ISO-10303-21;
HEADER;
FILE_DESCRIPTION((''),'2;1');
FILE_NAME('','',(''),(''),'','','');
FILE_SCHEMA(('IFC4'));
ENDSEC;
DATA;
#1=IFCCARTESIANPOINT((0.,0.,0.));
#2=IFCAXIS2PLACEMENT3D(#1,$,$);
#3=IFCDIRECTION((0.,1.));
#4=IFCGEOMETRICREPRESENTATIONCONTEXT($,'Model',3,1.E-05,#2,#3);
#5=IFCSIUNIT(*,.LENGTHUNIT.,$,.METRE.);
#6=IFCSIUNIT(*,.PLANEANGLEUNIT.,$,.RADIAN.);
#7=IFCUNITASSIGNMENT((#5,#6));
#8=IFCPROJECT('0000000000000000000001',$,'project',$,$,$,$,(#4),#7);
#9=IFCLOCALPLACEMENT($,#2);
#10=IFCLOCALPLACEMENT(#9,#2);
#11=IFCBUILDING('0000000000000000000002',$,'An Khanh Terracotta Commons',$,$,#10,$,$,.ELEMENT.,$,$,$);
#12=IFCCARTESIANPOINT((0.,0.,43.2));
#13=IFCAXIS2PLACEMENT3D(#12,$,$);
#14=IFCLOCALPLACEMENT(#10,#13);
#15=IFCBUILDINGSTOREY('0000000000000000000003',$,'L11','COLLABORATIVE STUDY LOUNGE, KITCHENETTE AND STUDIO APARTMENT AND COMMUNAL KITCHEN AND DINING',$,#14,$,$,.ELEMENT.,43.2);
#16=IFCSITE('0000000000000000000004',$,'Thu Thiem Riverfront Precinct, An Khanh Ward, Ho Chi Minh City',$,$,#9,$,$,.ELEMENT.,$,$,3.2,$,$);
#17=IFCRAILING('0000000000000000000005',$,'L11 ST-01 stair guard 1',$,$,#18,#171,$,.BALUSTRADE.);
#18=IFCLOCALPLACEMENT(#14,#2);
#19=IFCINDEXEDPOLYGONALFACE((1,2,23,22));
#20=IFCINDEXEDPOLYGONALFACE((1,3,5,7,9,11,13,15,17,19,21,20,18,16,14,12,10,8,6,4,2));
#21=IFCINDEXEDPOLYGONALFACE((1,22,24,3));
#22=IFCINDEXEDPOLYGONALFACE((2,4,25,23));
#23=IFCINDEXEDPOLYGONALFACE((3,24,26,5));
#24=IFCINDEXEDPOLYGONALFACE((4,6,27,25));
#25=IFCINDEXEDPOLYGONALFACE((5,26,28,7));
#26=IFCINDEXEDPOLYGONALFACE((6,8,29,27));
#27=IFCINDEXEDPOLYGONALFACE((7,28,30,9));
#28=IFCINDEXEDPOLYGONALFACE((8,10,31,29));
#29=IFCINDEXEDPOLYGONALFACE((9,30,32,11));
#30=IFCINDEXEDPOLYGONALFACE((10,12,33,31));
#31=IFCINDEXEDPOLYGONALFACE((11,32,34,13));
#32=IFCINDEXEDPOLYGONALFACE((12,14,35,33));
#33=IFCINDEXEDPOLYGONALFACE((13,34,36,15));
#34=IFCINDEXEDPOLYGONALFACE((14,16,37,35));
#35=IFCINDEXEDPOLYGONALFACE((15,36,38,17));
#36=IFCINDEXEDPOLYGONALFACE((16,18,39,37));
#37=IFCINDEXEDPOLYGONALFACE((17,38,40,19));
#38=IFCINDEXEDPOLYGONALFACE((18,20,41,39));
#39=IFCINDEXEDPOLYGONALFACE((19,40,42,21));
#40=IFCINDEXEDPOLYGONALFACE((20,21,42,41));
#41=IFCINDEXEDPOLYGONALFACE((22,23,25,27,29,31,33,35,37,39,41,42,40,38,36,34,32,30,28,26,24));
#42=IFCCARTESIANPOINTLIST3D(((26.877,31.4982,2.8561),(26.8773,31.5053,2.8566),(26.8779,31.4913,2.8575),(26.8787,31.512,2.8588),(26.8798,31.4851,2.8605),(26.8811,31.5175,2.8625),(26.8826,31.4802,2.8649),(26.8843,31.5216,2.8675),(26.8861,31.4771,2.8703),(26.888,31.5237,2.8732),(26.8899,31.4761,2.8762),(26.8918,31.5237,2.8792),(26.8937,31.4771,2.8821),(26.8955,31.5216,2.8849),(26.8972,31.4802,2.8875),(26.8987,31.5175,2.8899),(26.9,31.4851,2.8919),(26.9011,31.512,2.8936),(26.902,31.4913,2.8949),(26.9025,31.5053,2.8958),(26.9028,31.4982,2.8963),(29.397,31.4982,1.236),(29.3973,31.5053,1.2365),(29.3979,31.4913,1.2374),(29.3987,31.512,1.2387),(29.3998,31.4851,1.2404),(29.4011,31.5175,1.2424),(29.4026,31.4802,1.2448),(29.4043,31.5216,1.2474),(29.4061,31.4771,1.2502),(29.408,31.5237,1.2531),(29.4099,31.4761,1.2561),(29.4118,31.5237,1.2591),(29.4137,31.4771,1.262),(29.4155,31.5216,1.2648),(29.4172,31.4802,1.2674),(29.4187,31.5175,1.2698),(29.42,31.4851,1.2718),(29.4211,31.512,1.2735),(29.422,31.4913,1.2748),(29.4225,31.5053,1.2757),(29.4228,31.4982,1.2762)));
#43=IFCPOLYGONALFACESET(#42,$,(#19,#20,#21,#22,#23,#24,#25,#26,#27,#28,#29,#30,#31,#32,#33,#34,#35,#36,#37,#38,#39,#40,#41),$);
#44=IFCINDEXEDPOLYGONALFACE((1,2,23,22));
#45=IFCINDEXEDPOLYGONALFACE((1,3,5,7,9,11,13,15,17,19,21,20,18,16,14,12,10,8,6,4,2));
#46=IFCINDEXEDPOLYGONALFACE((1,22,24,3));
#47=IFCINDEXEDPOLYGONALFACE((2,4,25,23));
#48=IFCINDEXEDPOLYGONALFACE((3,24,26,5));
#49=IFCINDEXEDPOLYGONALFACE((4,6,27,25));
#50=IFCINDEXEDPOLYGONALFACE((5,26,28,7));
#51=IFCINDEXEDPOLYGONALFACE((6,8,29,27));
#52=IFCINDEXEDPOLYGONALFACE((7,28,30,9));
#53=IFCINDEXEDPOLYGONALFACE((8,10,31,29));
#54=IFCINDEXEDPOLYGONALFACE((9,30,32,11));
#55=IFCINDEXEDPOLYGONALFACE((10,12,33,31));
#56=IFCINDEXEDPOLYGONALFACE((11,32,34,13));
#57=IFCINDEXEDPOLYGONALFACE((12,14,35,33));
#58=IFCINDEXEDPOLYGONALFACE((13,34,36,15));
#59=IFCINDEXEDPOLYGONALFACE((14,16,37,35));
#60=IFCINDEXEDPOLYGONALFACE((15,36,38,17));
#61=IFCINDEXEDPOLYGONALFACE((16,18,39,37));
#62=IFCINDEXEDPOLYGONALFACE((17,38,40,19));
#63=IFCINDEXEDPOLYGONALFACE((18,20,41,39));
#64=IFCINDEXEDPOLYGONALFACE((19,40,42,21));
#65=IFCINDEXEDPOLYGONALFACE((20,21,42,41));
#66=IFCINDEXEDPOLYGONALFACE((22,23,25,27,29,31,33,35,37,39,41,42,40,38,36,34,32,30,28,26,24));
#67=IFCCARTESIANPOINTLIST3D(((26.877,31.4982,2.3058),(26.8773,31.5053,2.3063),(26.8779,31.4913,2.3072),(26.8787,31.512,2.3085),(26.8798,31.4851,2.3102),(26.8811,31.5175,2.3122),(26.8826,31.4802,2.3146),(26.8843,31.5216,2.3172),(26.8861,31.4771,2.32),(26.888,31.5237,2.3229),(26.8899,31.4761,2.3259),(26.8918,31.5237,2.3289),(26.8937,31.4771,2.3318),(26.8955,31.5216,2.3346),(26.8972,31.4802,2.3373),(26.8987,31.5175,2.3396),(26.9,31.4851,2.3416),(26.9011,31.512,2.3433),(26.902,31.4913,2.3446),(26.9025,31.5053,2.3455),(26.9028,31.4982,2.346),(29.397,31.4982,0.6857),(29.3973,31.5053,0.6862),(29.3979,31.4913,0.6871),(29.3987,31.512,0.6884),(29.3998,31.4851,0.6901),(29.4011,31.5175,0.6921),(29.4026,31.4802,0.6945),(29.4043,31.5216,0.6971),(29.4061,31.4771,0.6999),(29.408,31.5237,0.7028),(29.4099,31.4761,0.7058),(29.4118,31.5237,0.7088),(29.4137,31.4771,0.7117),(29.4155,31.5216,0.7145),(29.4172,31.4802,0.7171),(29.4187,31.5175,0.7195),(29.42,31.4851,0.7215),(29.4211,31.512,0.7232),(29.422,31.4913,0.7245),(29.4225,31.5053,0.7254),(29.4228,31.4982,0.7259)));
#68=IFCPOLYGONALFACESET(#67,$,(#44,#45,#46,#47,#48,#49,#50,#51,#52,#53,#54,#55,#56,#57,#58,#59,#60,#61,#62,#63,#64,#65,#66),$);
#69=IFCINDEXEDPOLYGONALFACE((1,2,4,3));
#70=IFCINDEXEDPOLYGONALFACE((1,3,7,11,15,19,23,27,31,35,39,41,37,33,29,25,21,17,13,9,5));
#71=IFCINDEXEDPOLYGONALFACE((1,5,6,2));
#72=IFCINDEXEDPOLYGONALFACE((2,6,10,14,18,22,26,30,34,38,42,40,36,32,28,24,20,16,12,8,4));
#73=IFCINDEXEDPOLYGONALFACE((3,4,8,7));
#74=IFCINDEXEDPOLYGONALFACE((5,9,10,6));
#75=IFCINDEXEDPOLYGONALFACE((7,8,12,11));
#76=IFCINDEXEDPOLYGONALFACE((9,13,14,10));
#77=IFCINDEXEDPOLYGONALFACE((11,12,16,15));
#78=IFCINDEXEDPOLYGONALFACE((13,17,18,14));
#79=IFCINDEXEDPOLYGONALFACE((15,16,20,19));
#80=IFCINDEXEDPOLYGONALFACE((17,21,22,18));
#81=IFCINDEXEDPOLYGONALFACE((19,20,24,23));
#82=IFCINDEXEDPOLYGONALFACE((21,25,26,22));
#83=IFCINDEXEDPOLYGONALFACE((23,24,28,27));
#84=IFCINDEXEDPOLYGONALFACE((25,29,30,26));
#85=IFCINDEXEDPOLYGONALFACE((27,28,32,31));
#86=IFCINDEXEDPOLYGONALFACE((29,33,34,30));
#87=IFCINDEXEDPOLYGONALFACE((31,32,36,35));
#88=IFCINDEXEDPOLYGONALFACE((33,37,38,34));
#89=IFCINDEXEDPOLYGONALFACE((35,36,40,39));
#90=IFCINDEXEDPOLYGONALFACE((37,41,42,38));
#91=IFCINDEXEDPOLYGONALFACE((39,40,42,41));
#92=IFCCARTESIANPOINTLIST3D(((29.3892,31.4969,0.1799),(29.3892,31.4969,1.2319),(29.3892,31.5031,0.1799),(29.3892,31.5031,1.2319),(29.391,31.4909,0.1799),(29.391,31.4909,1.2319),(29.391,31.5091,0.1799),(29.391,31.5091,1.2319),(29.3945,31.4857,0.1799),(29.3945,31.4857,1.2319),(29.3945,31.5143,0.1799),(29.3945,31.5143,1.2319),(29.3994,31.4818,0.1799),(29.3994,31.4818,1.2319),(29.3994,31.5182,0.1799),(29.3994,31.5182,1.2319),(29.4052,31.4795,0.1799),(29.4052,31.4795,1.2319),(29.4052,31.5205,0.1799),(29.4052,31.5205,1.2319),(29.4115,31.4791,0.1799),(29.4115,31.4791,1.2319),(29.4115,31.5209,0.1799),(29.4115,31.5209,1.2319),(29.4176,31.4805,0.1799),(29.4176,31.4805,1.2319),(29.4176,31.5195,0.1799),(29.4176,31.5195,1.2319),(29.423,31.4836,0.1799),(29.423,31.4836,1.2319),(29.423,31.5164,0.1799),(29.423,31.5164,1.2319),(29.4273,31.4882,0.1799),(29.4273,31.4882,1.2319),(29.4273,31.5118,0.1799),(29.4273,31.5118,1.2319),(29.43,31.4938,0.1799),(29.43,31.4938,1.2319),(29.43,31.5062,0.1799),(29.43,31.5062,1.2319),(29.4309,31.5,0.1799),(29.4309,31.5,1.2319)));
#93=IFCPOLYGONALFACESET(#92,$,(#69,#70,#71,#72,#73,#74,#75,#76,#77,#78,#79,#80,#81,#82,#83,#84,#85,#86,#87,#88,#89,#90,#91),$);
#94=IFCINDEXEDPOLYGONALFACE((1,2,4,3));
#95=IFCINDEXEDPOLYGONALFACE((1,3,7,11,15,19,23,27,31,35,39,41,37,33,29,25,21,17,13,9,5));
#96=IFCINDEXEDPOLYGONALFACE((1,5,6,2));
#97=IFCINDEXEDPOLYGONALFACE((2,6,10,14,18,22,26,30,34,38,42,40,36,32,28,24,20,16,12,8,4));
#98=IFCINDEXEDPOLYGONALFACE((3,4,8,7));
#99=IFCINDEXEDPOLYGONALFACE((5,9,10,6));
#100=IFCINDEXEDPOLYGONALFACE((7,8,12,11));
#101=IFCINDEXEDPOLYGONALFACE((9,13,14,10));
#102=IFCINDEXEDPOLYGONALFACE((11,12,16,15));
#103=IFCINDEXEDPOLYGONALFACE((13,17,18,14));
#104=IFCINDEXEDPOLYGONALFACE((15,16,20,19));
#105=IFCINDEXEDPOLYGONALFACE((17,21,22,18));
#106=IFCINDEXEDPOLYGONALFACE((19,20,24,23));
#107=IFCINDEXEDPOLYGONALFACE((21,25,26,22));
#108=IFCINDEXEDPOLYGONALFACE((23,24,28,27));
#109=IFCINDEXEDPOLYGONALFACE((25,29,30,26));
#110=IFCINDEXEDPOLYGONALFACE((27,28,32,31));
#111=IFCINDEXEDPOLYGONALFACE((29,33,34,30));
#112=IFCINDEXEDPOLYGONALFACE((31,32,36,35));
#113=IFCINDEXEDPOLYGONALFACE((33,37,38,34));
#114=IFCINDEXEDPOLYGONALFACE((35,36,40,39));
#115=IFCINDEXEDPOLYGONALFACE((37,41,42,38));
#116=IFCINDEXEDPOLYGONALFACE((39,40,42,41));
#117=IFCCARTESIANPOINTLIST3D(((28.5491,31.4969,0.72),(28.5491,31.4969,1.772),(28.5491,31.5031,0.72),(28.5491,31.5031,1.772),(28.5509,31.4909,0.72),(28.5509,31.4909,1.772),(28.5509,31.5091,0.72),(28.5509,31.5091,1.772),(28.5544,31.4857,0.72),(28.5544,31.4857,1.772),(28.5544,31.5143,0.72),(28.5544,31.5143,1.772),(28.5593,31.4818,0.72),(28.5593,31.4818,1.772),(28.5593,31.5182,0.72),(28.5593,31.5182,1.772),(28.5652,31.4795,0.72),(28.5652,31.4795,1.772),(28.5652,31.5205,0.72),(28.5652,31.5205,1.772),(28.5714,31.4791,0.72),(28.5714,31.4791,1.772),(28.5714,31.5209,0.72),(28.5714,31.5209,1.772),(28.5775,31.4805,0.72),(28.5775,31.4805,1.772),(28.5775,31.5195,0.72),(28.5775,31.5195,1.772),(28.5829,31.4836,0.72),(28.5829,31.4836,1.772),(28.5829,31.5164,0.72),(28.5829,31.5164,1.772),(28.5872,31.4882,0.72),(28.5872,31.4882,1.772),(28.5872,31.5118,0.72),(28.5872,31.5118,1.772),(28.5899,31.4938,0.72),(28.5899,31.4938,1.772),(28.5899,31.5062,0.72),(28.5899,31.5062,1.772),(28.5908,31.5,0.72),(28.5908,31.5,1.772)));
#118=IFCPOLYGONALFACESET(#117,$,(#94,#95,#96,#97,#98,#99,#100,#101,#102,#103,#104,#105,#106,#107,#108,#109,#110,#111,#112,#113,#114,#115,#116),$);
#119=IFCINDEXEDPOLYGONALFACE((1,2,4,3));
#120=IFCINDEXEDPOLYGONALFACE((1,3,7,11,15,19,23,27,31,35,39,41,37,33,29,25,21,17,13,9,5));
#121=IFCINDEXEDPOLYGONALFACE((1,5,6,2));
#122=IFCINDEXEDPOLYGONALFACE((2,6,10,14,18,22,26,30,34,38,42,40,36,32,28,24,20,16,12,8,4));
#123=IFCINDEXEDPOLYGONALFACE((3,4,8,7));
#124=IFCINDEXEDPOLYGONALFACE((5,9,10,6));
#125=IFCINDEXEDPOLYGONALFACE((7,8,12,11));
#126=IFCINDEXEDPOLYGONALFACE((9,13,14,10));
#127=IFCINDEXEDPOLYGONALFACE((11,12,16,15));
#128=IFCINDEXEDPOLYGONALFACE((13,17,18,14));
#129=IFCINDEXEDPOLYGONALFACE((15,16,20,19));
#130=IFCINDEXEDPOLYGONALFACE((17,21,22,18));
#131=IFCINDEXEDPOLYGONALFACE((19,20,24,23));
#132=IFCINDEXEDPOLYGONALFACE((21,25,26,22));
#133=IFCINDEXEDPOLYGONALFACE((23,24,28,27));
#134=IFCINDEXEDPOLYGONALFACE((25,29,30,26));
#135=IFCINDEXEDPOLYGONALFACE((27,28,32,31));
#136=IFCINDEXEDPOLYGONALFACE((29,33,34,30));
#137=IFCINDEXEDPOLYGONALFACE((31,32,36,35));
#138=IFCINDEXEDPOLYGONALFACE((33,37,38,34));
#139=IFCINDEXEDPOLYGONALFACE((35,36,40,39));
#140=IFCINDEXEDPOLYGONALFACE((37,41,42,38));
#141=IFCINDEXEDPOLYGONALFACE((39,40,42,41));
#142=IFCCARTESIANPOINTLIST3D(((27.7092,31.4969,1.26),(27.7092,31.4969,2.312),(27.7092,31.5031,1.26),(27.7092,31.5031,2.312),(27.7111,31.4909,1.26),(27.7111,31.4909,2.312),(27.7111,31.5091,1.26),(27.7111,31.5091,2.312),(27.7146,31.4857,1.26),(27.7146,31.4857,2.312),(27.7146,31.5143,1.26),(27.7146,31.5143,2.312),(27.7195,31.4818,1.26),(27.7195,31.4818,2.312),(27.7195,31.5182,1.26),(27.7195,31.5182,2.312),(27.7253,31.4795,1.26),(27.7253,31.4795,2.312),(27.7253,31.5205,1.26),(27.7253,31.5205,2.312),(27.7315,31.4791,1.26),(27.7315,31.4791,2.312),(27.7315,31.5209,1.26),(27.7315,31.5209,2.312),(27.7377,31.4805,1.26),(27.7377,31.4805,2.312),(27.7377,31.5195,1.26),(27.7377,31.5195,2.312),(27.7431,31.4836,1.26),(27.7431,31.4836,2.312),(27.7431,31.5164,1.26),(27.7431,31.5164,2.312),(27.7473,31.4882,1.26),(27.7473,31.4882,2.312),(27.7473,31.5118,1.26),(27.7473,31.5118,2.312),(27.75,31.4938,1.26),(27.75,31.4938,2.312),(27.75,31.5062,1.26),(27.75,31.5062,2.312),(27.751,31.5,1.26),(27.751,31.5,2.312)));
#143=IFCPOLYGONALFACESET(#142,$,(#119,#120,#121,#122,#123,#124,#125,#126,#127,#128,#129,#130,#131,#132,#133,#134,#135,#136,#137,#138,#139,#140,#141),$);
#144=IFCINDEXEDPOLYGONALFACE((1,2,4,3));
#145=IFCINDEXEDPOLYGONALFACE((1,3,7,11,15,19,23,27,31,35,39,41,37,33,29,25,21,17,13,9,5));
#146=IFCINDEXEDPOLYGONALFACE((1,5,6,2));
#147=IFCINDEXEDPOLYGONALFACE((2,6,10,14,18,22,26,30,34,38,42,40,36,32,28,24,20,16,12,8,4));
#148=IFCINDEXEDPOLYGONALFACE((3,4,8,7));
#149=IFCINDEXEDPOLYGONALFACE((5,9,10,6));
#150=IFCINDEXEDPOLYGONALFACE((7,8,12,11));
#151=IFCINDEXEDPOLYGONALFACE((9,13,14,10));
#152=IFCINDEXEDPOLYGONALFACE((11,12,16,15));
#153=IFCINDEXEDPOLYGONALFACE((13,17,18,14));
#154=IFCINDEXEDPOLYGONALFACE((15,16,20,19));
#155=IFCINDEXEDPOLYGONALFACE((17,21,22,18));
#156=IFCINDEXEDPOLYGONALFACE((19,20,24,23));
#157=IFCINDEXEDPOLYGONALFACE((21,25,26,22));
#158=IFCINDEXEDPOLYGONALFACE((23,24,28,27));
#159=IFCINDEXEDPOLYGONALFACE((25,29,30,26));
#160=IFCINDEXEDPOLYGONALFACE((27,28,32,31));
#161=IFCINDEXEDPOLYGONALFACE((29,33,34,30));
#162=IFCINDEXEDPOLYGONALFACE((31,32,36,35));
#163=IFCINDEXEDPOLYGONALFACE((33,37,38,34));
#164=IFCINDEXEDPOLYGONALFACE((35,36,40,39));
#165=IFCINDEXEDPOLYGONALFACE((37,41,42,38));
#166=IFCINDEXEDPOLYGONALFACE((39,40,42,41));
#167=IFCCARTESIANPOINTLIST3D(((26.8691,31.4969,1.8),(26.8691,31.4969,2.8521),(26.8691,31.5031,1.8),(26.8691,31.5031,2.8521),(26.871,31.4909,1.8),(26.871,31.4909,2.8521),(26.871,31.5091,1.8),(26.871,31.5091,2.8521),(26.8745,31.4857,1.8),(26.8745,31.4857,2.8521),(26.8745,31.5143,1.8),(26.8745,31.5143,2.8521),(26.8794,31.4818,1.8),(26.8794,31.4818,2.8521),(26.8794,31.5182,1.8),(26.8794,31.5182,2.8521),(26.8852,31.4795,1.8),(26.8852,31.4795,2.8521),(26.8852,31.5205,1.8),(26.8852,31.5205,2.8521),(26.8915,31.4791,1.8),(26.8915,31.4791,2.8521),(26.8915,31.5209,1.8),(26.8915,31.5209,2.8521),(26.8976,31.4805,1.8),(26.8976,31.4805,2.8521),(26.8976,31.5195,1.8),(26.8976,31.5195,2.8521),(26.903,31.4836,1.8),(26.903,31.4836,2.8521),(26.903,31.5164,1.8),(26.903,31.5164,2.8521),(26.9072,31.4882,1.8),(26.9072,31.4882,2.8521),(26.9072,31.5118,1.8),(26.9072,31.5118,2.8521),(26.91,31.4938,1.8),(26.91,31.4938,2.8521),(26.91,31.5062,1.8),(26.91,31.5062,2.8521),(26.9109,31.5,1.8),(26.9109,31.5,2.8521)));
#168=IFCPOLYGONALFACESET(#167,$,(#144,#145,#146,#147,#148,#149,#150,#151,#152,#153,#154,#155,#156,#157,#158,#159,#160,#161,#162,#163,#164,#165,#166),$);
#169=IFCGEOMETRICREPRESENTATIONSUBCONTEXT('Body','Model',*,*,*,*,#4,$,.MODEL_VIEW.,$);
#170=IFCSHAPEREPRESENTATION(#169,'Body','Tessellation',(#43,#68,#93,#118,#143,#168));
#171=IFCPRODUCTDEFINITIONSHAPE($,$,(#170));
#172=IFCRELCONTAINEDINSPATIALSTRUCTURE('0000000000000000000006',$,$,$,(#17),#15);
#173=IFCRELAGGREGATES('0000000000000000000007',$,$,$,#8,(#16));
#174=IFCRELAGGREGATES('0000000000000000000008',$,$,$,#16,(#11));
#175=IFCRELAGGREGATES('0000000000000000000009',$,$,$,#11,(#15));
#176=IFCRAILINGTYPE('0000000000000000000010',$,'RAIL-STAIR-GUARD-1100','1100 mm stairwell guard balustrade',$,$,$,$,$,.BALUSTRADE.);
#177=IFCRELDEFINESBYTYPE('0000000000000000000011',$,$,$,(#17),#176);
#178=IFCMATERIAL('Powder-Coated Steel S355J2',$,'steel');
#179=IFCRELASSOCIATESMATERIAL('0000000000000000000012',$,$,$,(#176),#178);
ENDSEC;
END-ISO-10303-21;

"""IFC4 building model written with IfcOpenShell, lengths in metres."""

from ifc_helpers import new_model, si_unit, direction, frame, origin, origin_2d, place, context, subcontext, project, spatial, circle, extrude, material, type_object, element, save


model = new_model("IFC4")

# Units and contexts
model_context = context("Model", 3, precision=1e-05, world=origin(), true_north=direction((0.0, 1.0)))
body_context = subcontext(model_context, "Body", "Model", "MODEL_VIEW")
ifc_project = project(units=[si_unit("LENGTHUNIT", "METRE"), si_unit("PLANEANGLEUNIT", "RADIAN")], contexts=[model_context])

# Site, building, storey
site_placement = place(None, origin())
site = spatial("IfcSite", under=ifc_project, at=site_placement, Name="Thu Thiem Riverfront Precinct, An Khanh Ward, Ho Chi Minh City", CompositionType="ELEMENT", RefElevation=3.2)
building_placement = place(site_placement, origin())
building = spatial("IfcBuilding", under=site, at=building_placement, Name="An Khanh Terracotta Commons", CompositionType="ELEMENT")
storey_placement = place(building_placement, frame((0.0, 0.0, 43.2)))
storey = spatial("IfcBuildingStorey", under=building, at=storey_placement, Name="L11", Description="COLLABORATIVE STUDY LOUNGE, KITCHENETTE AND STUDIO APARTMENT AND COMMUNAL KITCHEN AND DINING", CompositionType="ELEMENT", Elevation=43.2)

# Railing
ifc_material_1 = material(Name="Powder-Coated Steel S355J2", Category="steel")
railing_type_1 = type_object("IfcRailingType", Name="RAIL-STAIR-GUARD-1100", Description="1100 mm stairwell guard balustrade", PredefinedType="BALUSTRADE", material=ifc_material_1)
railing_1_placement = place(storey_placement, frame((29.4099, 31.5, 0.1799)))
element("IfcRailing", 1, at=railing_1_placement, inside=storey, type_object=railing_type_1, Name="L11 ST-01 stair guard 1", PredefinedType="BALUSTRADE", context=body_context, shape_type="SweptSolid", body=[
    extrude(circle(Radius=0.0239, at=origin_2d()), frame((0.0, 0.0, 1.0762), z_axis=(-0.841163, 0.0, 0.540782), x_axis=(0.0, -1.0, 0.0)), (0.0, 0.0, 1.0), 2.9958),
    extrude(circle(Radius=0.0239, at=origin_2d()), frame((0.0, 0.0, 0.5259), z_axis=(-0.841163, 0.0, 0.540782), x_axis=(0.0, -1.0, 0.0)), (0.0, 0.0, 1.0), 2.9958),
    extrude(circle(Radius=0.021, at=origin_2d()), origin(), (0.0, 0.0, 1.0), 1.052),
    extrude(circle(Radius=0.021, at=origin_2d()), frame((-0.8401, 0.0, 0.54)), (0.0, 0.0, 1.0), 1.052),
    extrude(circle(Radius=0.021, at=origin_2d()), frame((-1.6799, 0.0, 1.0801)), (0.0, 0.0, 1.0), 1.052),
    extrude(circle(Radius=0.021, at=origin_2d()), frame((-2.52, 0.0, 1.6201)), (0.0, 0.0, 1.0), 1.052),
])

save(model, "model.ifc")
